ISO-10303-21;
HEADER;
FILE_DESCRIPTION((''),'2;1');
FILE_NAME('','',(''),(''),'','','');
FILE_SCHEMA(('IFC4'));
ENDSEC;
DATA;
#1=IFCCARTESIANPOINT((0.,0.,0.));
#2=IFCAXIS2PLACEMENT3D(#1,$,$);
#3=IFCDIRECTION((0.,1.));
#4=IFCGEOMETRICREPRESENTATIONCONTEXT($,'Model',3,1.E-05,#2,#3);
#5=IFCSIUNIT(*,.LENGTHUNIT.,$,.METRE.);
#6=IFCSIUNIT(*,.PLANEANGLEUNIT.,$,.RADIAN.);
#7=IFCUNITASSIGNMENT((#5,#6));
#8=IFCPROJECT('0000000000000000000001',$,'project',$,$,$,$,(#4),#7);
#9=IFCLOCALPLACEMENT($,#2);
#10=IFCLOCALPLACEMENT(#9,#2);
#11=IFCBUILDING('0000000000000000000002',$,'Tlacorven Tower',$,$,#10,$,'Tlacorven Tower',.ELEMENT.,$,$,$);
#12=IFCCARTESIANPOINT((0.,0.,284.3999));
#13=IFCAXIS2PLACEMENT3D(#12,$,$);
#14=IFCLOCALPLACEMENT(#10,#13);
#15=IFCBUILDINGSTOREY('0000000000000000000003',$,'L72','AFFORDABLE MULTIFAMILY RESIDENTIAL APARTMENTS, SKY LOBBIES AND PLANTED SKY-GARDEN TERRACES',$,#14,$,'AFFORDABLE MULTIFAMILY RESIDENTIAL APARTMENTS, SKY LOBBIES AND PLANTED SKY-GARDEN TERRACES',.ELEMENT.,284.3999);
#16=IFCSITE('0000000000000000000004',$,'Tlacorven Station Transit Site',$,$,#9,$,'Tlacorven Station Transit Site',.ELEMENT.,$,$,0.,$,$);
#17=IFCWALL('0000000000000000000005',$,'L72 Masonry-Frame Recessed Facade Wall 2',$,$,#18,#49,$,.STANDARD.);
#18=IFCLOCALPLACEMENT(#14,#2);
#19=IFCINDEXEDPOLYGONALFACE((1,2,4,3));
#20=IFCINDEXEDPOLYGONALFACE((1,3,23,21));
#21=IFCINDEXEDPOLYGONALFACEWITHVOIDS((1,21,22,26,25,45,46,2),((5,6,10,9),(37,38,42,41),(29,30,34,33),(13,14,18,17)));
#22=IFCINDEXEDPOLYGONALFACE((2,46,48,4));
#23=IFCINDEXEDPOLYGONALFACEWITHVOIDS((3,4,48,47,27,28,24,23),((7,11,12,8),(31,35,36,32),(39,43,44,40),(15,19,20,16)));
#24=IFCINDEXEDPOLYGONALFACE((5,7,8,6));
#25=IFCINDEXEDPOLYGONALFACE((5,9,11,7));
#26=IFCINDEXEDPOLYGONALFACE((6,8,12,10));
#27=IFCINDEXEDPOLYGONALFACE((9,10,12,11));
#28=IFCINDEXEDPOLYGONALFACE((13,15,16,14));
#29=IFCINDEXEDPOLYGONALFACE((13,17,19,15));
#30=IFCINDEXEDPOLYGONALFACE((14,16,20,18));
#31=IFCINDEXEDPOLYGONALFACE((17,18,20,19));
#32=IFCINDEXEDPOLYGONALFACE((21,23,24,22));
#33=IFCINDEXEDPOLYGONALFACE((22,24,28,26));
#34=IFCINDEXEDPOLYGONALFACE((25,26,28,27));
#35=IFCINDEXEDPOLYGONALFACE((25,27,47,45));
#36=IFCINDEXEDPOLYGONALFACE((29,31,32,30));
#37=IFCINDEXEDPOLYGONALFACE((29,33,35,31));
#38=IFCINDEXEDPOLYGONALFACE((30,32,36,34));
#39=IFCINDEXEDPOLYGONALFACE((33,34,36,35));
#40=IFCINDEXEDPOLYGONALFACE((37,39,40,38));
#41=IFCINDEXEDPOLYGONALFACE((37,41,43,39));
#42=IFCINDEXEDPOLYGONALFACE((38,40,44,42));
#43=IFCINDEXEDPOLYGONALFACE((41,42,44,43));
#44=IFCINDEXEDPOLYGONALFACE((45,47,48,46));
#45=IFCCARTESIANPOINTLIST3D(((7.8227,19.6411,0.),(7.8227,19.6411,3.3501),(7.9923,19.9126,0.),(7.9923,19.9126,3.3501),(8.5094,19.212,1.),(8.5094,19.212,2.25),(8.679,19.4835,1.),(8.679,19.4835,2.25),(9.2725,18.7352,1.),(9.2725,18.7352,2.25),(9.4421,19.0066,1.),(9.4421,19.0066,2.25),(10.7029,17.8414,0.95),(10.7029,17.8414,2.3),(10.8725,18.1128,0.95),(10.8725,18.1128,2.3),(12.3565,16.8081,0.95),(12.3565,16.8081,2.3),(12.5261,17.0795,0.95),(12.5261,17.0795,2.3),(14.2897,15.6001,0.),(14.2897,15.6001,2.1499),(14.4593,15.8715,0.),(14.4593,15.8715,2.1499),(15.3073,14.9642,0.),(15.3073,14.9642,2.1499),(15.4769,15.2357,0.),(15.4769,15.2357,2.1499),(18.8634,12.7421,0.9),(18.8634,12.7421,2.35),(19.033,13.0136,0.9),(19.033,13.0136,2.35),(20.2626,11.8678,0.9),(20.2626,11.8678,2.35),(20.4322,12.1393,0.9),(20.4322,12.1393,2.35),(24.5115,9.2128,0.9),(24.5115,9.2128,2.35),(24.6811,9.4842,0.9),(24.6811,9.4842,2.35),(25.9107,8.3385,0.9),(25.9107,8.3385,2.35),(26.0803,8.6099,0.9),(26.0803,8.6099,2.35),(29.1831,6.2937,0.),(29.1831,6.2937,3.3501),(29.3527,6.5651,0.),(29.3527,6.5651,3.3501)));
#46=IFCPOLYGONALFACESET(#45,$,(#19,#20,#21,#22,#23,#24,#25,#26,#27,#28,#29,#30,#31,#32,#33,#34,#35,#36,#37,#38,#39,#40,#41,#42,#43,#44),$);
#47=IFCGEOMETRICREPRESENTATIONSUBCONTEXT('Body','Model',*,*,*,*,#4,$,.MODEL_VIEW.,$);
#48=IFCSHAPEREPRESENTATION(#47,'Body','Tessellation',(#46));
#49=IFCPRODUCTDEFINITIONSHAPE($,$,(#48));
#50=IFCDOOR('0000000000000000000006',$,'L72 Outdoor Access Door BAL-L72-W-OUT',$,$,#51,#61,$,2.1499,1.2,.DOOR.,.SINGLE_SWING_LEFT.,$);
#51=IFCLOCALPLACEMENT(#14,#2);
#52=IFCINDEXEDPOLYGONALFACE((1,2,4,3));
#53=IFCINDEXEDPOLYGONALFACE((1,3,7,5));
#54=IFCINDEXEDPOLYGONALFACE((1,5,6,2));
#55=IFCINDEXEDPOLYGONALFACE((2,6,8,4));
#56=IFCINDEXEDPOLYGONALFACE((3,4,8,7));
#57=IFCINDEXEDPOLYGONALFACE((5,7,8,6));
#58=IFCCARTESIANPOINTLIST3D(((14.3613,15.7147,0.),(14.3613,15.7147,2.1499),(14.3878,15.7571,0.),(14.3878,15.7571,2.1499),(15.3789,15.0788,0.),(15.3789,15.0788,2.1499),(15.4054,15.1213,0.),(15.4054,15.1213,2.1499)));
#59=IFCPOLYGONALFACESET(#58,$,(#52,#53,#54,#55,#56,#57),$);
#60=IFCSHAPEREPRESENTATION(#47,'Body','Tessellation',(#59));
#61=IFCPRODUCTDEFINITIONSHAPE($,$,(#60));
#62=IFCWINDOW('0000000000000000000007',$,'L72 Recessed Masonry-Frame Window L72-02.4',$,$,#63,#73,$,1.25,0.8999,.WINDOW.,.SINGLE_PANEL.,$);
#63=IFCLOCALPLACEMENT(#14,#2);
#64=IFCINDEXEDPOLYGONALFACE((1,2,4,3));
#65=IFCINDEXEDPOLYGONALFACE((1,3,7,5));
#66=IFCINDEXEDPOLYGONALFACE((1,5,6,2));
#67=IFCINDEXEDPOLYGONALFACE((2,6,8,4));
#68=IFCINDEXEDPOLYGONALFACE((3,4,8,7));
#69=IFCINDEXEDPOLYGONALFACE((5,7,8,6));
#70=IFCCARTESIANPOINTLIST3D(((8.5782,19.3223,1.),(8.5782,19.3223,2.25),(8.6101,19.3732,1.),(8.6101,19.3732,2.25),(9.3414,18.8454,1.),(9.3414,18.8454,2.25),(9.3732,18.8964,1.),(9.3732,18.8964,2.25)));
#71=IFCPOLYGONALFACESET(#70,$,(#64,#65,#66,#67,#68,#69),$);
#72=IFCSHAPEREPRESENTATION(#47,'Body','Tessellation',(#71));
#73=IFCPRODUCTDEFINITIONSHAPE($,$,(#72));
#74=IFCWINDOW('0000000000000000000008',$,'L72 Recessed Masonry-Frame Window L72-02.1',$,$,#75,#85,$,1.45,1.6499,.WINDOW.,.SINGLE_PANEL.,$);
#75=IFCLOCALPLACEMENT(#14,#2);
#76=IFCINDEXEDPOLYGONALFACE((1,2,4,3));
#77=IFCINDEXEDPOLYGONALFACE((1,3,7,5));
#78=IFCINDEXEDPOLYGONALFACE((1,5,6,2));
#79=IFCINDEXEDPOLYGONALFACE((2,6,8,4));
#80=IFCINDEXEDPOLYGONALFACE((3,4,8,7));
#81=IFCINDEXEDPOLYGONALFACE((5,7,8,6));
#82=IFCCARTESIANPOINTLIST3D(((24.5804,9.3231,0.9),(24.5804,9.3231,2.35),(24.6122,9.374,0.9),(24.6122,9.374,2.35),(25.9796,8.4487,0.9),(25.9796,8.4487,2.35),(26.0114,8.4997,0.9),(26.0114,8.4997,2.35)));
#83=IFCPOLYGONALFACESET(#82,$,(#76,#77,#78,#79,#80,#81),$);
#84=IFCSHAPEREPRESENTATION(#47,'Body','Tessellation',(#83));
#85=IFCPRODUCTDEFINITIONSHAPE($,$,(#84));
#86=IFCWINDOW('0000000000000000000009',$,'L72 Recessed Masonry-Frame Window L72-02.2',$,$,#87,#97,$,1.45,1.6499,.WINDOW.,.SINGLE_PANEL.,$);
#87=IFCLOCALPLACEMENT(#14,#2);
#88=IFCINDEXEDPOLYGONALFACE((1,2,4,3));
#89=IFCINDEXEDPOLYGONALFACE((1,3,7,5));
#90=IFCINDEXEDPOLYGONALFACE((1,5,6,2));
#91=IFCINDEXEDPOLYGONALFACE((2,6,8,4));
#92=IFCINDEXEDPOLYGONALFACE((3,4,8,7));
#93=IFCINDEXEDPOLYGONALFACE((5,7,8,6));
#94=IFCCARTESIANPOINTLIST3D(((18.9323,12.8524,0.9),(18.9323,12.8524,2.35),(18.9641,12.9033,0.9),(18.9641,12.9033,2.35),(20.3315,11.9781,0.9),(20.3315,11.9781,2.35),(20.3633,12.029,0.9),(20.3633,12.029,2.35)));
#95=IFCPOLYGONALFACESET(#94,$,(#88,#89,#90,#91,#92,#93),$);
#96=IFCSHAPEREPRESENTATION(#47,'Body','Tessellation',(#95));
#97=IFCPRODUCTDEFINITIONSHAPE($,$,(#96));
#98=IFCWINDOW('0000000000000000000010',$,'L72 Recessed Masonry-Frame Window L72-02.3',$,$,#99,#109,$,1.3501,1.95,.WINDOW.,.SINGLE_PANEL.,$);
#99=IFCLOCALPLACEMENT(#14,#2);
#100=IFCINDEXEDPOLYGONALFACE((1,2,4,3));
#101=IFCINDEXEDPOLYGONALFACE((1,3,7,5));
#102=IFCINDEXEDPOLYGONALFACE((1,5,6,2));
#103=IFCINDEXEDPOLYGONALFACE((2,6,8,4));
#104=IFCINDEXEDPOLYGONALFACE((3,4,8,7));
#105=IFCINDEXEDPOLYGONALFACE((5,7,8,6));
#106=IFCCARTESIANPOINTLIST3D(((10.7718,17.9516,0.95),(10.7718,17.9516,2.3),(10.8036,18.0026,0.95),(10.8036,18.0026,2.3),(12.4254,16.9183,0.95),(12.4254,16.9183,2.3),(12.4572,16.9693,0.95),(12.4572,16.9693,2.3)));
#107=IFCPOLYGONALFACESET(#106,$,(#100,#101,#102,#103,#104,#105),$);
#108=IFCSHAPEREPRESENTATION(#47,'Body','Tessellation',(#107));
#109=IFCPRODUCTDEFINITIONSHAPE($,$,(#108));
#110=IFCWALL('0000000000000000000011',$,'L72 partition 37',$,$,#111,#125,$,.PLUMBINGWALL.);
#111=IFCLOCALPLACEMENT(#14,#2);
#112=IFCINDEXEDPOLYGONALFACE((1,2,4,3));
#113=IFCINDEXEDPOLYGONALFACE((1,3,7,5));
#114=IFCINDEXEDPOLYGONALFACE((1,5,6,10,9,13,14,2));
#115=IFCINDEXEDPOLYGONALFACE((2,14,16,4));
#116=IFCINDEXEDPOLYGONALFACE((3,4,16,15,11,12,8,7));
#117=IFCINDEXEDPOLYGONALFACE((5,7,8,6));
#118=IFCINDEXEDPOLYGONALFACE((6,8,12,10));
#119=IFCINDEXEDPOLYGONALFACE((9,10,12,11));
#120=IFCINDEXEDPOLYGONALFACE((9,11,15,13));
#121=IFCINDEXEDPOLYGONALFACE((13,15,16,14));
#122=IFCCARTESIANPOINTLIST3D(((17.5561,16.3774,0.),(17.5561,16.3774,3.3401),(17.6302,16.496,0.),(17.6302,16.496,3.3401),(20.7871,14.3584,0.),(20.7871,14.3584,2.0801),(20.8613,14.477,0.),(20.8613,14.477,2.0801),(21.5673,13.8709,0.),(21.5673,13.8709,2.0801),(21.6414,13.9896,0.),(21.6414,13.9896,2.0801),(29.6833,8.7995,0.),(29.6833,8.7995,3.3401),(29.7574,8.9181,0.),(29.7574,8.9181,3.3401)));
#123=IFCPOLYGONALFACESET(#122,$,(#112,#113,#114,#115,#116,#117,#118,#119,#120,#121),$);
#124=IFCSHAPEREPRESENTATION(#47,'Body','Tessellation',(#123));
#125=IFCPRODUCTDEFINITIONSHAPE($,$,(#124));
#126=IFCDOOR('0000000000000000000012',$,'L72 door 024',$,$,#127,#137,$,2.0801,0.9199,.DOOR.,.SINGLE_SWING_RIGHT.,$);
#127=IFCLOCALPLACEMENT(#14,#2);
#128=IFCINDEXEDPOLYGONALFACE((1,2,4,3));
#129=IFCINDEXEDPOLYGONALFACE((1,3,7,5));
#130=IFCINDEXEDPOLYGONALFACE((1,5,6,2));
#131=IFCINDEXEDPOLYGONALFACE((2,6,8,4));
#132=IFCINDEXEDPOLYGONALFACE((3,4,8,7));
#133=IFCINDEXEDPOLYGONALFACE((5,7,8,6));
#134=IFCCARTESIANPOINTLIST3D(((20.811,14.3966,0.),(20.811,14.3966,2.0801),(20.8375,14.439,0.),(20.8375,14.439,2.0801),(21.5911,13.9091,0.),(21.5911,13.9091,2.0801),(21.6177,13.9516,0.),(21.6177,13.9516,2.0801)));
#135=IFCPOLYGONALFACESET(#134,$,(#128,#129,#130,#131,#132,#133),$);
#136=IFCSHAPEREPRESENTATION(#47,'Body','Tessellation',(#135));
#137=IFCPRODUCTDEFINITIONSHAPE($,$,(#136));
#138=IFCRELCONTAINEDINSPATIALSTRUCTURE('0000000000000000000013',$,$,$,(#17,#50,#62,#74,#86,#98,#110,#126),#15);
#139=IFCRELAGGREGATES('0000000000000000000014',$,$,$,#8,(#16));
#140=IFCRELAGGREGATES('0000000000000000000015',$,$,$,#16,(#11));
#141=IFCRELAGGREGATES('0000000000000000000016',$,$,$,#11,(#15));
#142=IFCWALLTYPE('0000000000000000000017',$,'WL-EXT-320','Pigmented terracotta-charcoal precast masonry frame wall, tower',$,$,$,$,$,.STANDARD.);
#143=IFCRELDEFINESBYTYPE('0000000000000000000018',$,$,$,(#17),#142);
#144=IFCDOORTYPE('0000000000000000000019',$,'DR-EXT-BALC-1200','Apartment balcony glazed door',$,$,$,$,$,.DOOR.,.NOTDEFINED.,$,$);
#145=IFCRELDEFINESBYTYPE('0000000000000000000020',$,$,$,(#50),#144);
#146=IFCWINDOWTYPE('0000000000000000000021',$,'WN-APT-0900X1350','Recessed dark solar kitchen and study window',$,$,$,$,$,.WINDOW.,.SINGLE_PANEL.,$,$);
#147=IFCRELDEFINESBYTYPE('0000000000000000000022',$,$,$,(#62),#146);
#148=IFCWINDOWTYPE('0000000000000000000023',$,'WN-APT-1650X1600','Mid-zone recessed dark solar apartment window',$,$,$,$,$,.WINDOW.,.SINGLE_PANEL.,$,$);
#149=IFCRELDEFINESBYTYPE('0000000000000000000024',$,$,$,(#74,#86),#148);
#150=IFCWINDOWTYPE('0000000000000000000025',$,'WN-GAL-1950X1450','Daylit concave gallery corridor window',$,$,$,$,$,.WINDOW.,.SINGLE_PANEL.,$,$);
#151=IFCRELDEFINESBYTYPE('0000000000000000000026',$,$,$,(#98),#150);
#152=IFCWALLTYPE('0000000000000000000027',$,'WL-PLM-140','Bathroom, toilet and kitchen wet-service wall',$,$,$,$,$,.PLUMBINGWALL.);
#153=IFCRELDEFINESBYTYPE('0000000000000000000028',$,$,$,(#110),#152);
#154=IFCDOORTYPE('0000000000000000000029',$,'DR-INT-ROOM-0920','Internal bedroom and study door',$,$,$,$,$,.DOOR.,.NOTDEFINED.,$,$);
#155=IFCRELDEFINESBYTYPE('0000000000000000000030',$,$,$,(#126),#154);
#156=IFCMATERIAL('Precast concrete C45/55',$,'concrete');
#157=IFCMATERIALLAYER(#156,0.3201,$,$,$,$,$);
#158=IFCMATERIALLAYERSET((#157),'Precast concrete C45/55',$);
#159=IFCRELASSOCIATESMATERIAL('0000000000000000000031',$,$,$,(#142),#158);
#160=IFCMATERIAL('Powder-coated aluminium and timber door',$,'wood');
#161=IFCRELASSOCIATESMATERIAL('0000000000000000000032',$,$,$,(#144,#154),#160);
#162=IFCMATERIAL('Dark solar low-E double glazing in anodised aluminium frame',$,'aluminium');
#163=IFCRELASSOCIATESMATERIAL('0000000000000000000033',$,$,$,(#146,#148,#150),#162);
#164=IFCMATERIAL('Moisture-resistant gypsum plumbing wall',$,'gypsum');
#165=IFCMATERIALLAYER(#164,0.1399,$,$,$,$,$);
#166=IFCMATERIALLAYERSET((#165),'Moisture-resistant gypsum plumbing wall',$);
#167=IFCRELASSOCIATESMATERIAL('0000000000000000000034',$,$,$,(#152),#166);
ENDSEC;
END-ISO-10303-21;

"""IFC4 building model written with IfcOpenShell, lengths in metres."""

from ifc_helpers import new_model, si_unit, direction, frame, frame_2d, origin, place, context, subcontext, project, spatial, rectangle, extrude, source, transform, mapped, material, layer, layer_set, type_object, element, fill, save


model = new_model("IFC4")

# Units and contexts
model_context = context("Model", 3, precision=1e-05, world=origin(), true_north=direction((0.0, 1.0)))
body_context = subcontext(model_context, "Body", "Model", "MODEL_VIEW")
ifc_project = project(units=[si_unit("LENGTHUNIT", "METRE"), si_unit("PLANEANGLEUNIT", "RADIAN")], contexts=[model_context])

# Site, building, storey
site_placement = place(None, origin())
site = spatial("IfcSite", under=ifc_project, at=site_placement, Name="Tlacorven Station Transit Site", LongName="Tlacorven Station Transit Site", CompositionType="ELEMENT", RefElevation=0.0)
building_placement = place(site_placement, origin())
building = spatial("IfcBuilding", under=site, at=building_placement, Name="Tlacorven Tower", LongName="Tlacorven Tower", CompositionType="ELEMENT")
storey_placement = place(building_placement, frame((0.0, 0.0, 284.3999)))
storey = spatial("IfcBuildingStorey", under=building, at=storey_placement, Name="L72", Description="AFFORDABLE MULTIFAMILY RESIDENTIAL APARTMENTS, SKY LOBBIES AND PLANTED SKY-GARDEN TERRACES", LongName="AFFORDABLE MULTIFAMILY RESIDENTIAL APARTMENTS, SKY LOBBIES AND PLANTED SKY-GARDEN TERRACES", CompositionType="ELEMENT", Elevation=284.3999)

# Wall, openings, door, windows
ifc_material_1 = material(Name="Precast concrete C45/55", Category="concrete")
ifc_layer_1 = layer(ifc_material_1, 0.3201)
ifc_layer_set_1 = layer_set([ifc_layer_1], Name="Precast concrete C45/55")
wall_type_1 = type_object("IfcWallType", Name="WL-EXT-320", Description="Pigmented terracotta-charcoal precast masonry frame wall, tower", PredefinedType="STANDARD", material=ifc_layer_set_1)
wall_1_placement = place(storey_placement, frame((29.2678, 6.4294, 0.0), z_axis=(0.0, 0.0, 1.0), x_axis=(-0.848048, 0.529919, 0.0)))
wall_1 = element("IfcWall", 1, at=wall_1_placement, inside=storey, type_object=wall_type_1, Name="L72 Masonry-Frame Recessed Facade Wall 2", PredefinedType="STANDARD", context=body_context, shape_type="SweptSolid", body=[
    extrude(rectangle(XDim=25.1877, YDim=0.3201, at=frame_2d((12.5938, 0.0))), origin(), (0.0, 0.0, 1.0), 3.3501),
])
opening_1_placement = place(wall_1_placement, frame((16.3618, 0.0, 0.0)))
opening_1 = element("IfcOpeningElement", 2, at=opening_1_placement, cuts=wall_1, PredefinedType="OPENING", context=body_context, shape_type="SweptSolid", body=[
    extrude(rectangle(XDim=1.2, YDim=2.1499, at=frame_2d((0.6001, 1.075))), frame((0.0, 0.1699, 0.0), z_axis=(0.0, -1.0, 0.0), x_axis=(1.0, 0.0, 0.0)), (0.0, 0.0, 1.0), 0.3401),
])
opening_2_placement = place(wall_1_placement, frame((3.8586, 0.0, 0.8999)))
opening_2 = element("IfcOpeningElement", 3, at=opening_2_placement, cuts=wall_1, PredefinedType="OPENING", context=body_context, shape_type="SweptSolid", body=[
    extrude(rectangle(XDim=1.6499, YDim=1.45, at=frame_2d((0.825, 0.7251))), frame((0.0, 0.1699, 0.0), z_axis=(0.0, -1.0, 0.0), x_axis=(1.0, 0.0, 0.0)), (0.0, 0.0, 1.0), 0.3401),
])
opening_3_placement = place(wall_1_placement, frame((10.5188, 0.0, 0.8999)))
opening_3 = element("IfcOpeningElement", 4, at=opening_3_placement, cuts=wall_1, PredefinedType="OPENING", context=body_context, shape_type="SweptSolid", body=[
    extrude(rectangle(XDim=1.6499, YDim=1.45, at=frame_2d((0.825, 0.7251))), frame((0.0, 0.1699, 0.0), z_axis=(0.0, -1.0, 0.0), x_axis=(1.0, 0.0, 0.0)), (0.0, 0.0, 1.0), 0.3401),
])
opening_4_placement = place(wall_1_placement, frame((19.8413, 0.0, 0.95)))
opening_4 = element("IfcOpeningElement", 5, at=opening_4_placement, cuts=wall_1, PredefinedType="OPENING", context=body_context, shape_type="SweptSolid", body=[
    extrude(rectangle(XDim=1.95, YDim=1.3501, at=frame_2d((0.9751, 0.675))), frame((0.0, 0.1699, 0.0), z_axis=(0.0, -1.0, 0.0), x_axis=(1.0, 0.0, 0.0)), (0.0, 0.0, 1.0), 0.3401),
])
opening_5_placement = place(wall_1_placement, frame((23.478, 0.0, 1.0)))
opening_5 = element("IfcOpeningElement", 6, at=opening_5_placement, cuts=wall_1, PredefinedType="OPENING", context=body_context, shape_type="SweptSolid", body=[
    extrude(rectangle(XDim=0.8999, YDim=1.25, at=frame_2d((0.45, 0.625))), frame((0.0, 0.1699, 0.0), z_axis=(0.0, -1.0, 0.0), x_axis=(1.0, 0.0, 0.0)), (0.0, 0.0, 1.0), 0.3401),
])
ifc_material_2 = material(Name="Powder-coated aluminium and timber door", Category="wood")
door_type_1 = type_object("IfcDoorType", Name="DR-EXT-BALC-1200", Description="Apartment balcony glazed door", OperationType="NOTDEFINED", PredefinedType="DOOR", material=ifc_material_2)
shared_shape_1 = source(origin(), body_context, "Body", "SweptSolid", [
    extrude(rectangle(XDim=1.2, YDim=2.1499, at=frame_2d((0.6001, 1.075))), frame((0.0, 0.0249, 0.0), z_axis=(0.0, -1.0, 0.0), x_axis=(1.0, 0.0, 0.0)), (0.0, 0.0, 1.0), 0.05),
])
door_1_placement = place(opening_1_placement, origin())
door_1 = element("IfcDoor", 7, at=door_1_placement, inside=storey, type_object=door_type_1, Name="L72 Outdoor Access Door BAL-L72-W-OUT", OperationType="SINGLE_SWING_LEFT", OverallHeight=2.1499, OverallWidth=1.2, PredefinedType="DOOR", context=body_context, shape_type="MappedRepresentation", body=[
    mapped(shared_shape_1, transform((0.0, 0.0, 0.0), scale=1.0)),
])
fill(opening_1, door_1)
ifc_material_3 = material(Name="Dark solar low-E double glazing in anodised aluminium frame", Category="aluminium")
window_type_1 = type_object("IfcWindowType", Name="WN-APT-0900X1350", Description="Recessed dark solar kitchen and study window", PartitioningType="SINGLE_PANEL", PredefinedType="WINDOW", material=ifc_material_3)
shared_shape_2 = source(origin(), body_context, "Body", "SweptSolid", [
    extrude(rectangle(XDim=0.8999, YDim=1.25, at=frame_2d((0.45, 0.625))), frame((0.0, 0.03, 0.0), z_axis=(0.0, -1.0, 0.0), x_axis=(1.0, 0.0, 0.0)), (0.0, 0.0, 1.0), 0.0601),
])
window_1_placement = place(opening_5_placement, origin())
window_1 = element("IfcWindow", 8, at=window_1_placement, inside=storey, type_object=window_type_1, Name="L72 Recessed Masonry-Frame Window L72-02.4", OverallHeight=1.25, OverallWidth=0.8999, PartitioningType="SINGLE_PANEL", PredefinedType="WINDOW", context=body_context, shape_type="MappedRepresentation", body=[
    mapped(shared_shape_2, transform((0.0, 0.0, 0.0), scale=1.0)),
])
fill(opening_5, window_1)
window_type_2 = type_object("IfcWindowType", Name="WN-APT-1650X1600", Description="Mid-zone recessed dark solar apartment window", PartitioningType="SINGLE_PANEL", PredefinedType="WINDOW", material=ifc_material_3)
shared_shape_3 = source(origin(), body_context, "Body", "SweptSolid", [
    extrude(rectangle(XDim=1.6499, YDim=1.45, at=frame_2d((0.825, 0.7251))), frame((0.0, 0.03, 0.0), z_axis=(0.0, -1.0, 0.0), x_axis=(1.0, 0.0, 0.0)), (0.0, 0.0, 1.0), 0.0601),
])
window_2_placement = place(opening_2_placement, origin())
window_2 = element("IfcWindow", 9, at=window_2_placement, inside=storey, type_object=window_type_2, Name="L72 Recessed Masonry-Frame Window L72-02.1", OverallHeight=1.45, OverallWidth=1.6499, PartitioningType="SINGLE_PANEL", PredefinedType="WINDOW", context=body_context, shape_type="MappedRepresentation", body=[
    mapped(shared_shape_3, transform((0.0, 0.0, 0.0), scale=1.0)),
])
fill(opening_2, window_2)
window_3_placement = place(opening_3_placement, origin())
window_3 = element("IfcWindow", 10, at=window_3_placement, inside=storey, type_object=window_type_2, Name="L72 Recessed Masonry-Frame Window L72-02.2", OverallHeight=1.45, OverallWidth=1.6499, PartitioningType="SINGLE_PANEL", PredefinedType="WINDOW", context=body_context, shape_type="MappedRepresentation", body=[
    mapped(shared_shape_3, transform((0.0, 0.0, 0.0), scale=1.0)),
])
fill(opening_3, window_3)
window_type_3 = type_object("IfcWindowType", Name="WN-GAL-1950X1450", Description="Daylit concave gallery corridor window", PartitioningType="SINGLE_PANEL", PredefinedType="WINDOW", material=ifc_material_3)
shared_shape_4 = source(origin(), body_context, "Body", "SweptSolid", [
    extrude(rectangle(XDim=1.95, YDim=1.3501, at=frame_2d((0.9751, 0.675))), frame((0.0, 0.03, 0.0), z_axis=(0.0, -1.0, 0.0), x_axis=(1.0, 0.0, 0.0)), (0.0, 0.0, 1.0), 0.0601),
])
window_4_placement = place(opening_4_placement, origin())
window_4 = element("IfcWindow", 11, at=window_4_placement, inside=storey, type_object=window_type_3, Name="L72 Recessed Masonry-Frame Window L72-02.3", OverallHeight=1.3501, OverallWidth=1.95, PartitioningType="SINGLE_PANEL", PredefinedType="WINDOW", context=body_context, shape_type="MappedRepresentation", body=[
    mapped(shared_shape_4, transform((0.0, 0.0, 0.0), scale=1.0)),
])
fill(opening_4, window_4)

# Wall, opening, door
ifc_material_4 = material(Name="Moisture-resistant gypsum plumbing wall", Category="gypsum")
ifc_layer_2 = layer(ifc_material_4, 0.1399)
ifc_layer_set_2 = layer_set([ifc_layer_2], Name="Moisture-resistant gypsum plumbing wall")
wall_type_2 = type_object("IfcWallType", Name="WL-PLM-140", Description="Bathroom, toilet and kitchen wet-service wall", PredefinedType="PLUMBINGWALL", material=ifc_layer_set_2)
wall_2_placement = place(storey_placement, frame((29.7202, 8.8589, 0.0), z_axis=(0.0, 0.0, 1.0), x_axis=(-0.848049, 0.529918, 0.0)))
wall_2 = element("IfcWall", 12, at=wall_2_placement, inside=storey, type_object=wall_type_2, Name="L72 partition 37", PredefinedType="PLUMBINGWALL", context=body_context, shape_type="SweptSolid", body=[
    extrude(rectangle(XDim=14.3, YDim=0.1399, at=frame_2d((7.1499, 0.0))), origin(), (0.0, 0.0, 1.0), 3.3401),
])
opening_6_placement = place(wall_2_placement, frame((9.5701, 0.0, 0.0)))
opening_6 = element("IfcOpeningElement", 13, at=opening_6_placement, cuts=wall_2, PredefinedType="OPENING", context=body_context, shape_type="SweptSolid", body=[
    extrude(rectangle(XDim=0.9199, YDim=2.0801, at=frame_2d((0.46, 1.04))), frame((0.0, 0.0801, 0.0), z_axis=(0.0, -1.0, 0.0), x_axis=(1.0, 0.0, 0.0)), (0.0, 0.0, 1.0), 0.1599),
])
door_type_2 = type_object("IfcDoorType", Name="DR-INT-ROOM-0920", Description="Internal bedroom and study door", OperationType="NOTDEFINED", PredefinedType="DOOR", material=ifc_material_2)
shared_shape_5 = source(origin(), body_context, "Body", "SweptSolid", [
    extrude(rectangle(XDim=0.9199, YDim=2.0801, at=frame_2d((0.46, 1.04))), frame((0.0, 0.0249, 0.0), z_axis=(0.0, -1.0, 0.0), x_axis=(1.0, 0.0, 0.0)), (0.0, 0.0, 1.0), 0.05),
])
door_2_placement = place(opening_6_placement, origin())
door_2 = element("IfcDoor", 14, at=door_2_placement, inside=storey, type_object=door_type_2, Name="L72 door 024", OperationType="SINGLE_SWING_RIGHT", OverallHeight=2.0801, OverallWidth=0.9199, PredefinedType="DOOR", context=body_context, shape_type="MappedRepresentation", body=[
    mapped(shared_shape_5, transform((0.0, 0.0, 0.0), scale=1.0)),
])
fill(opening_6, door_2)

save(model, "model.ifc")
